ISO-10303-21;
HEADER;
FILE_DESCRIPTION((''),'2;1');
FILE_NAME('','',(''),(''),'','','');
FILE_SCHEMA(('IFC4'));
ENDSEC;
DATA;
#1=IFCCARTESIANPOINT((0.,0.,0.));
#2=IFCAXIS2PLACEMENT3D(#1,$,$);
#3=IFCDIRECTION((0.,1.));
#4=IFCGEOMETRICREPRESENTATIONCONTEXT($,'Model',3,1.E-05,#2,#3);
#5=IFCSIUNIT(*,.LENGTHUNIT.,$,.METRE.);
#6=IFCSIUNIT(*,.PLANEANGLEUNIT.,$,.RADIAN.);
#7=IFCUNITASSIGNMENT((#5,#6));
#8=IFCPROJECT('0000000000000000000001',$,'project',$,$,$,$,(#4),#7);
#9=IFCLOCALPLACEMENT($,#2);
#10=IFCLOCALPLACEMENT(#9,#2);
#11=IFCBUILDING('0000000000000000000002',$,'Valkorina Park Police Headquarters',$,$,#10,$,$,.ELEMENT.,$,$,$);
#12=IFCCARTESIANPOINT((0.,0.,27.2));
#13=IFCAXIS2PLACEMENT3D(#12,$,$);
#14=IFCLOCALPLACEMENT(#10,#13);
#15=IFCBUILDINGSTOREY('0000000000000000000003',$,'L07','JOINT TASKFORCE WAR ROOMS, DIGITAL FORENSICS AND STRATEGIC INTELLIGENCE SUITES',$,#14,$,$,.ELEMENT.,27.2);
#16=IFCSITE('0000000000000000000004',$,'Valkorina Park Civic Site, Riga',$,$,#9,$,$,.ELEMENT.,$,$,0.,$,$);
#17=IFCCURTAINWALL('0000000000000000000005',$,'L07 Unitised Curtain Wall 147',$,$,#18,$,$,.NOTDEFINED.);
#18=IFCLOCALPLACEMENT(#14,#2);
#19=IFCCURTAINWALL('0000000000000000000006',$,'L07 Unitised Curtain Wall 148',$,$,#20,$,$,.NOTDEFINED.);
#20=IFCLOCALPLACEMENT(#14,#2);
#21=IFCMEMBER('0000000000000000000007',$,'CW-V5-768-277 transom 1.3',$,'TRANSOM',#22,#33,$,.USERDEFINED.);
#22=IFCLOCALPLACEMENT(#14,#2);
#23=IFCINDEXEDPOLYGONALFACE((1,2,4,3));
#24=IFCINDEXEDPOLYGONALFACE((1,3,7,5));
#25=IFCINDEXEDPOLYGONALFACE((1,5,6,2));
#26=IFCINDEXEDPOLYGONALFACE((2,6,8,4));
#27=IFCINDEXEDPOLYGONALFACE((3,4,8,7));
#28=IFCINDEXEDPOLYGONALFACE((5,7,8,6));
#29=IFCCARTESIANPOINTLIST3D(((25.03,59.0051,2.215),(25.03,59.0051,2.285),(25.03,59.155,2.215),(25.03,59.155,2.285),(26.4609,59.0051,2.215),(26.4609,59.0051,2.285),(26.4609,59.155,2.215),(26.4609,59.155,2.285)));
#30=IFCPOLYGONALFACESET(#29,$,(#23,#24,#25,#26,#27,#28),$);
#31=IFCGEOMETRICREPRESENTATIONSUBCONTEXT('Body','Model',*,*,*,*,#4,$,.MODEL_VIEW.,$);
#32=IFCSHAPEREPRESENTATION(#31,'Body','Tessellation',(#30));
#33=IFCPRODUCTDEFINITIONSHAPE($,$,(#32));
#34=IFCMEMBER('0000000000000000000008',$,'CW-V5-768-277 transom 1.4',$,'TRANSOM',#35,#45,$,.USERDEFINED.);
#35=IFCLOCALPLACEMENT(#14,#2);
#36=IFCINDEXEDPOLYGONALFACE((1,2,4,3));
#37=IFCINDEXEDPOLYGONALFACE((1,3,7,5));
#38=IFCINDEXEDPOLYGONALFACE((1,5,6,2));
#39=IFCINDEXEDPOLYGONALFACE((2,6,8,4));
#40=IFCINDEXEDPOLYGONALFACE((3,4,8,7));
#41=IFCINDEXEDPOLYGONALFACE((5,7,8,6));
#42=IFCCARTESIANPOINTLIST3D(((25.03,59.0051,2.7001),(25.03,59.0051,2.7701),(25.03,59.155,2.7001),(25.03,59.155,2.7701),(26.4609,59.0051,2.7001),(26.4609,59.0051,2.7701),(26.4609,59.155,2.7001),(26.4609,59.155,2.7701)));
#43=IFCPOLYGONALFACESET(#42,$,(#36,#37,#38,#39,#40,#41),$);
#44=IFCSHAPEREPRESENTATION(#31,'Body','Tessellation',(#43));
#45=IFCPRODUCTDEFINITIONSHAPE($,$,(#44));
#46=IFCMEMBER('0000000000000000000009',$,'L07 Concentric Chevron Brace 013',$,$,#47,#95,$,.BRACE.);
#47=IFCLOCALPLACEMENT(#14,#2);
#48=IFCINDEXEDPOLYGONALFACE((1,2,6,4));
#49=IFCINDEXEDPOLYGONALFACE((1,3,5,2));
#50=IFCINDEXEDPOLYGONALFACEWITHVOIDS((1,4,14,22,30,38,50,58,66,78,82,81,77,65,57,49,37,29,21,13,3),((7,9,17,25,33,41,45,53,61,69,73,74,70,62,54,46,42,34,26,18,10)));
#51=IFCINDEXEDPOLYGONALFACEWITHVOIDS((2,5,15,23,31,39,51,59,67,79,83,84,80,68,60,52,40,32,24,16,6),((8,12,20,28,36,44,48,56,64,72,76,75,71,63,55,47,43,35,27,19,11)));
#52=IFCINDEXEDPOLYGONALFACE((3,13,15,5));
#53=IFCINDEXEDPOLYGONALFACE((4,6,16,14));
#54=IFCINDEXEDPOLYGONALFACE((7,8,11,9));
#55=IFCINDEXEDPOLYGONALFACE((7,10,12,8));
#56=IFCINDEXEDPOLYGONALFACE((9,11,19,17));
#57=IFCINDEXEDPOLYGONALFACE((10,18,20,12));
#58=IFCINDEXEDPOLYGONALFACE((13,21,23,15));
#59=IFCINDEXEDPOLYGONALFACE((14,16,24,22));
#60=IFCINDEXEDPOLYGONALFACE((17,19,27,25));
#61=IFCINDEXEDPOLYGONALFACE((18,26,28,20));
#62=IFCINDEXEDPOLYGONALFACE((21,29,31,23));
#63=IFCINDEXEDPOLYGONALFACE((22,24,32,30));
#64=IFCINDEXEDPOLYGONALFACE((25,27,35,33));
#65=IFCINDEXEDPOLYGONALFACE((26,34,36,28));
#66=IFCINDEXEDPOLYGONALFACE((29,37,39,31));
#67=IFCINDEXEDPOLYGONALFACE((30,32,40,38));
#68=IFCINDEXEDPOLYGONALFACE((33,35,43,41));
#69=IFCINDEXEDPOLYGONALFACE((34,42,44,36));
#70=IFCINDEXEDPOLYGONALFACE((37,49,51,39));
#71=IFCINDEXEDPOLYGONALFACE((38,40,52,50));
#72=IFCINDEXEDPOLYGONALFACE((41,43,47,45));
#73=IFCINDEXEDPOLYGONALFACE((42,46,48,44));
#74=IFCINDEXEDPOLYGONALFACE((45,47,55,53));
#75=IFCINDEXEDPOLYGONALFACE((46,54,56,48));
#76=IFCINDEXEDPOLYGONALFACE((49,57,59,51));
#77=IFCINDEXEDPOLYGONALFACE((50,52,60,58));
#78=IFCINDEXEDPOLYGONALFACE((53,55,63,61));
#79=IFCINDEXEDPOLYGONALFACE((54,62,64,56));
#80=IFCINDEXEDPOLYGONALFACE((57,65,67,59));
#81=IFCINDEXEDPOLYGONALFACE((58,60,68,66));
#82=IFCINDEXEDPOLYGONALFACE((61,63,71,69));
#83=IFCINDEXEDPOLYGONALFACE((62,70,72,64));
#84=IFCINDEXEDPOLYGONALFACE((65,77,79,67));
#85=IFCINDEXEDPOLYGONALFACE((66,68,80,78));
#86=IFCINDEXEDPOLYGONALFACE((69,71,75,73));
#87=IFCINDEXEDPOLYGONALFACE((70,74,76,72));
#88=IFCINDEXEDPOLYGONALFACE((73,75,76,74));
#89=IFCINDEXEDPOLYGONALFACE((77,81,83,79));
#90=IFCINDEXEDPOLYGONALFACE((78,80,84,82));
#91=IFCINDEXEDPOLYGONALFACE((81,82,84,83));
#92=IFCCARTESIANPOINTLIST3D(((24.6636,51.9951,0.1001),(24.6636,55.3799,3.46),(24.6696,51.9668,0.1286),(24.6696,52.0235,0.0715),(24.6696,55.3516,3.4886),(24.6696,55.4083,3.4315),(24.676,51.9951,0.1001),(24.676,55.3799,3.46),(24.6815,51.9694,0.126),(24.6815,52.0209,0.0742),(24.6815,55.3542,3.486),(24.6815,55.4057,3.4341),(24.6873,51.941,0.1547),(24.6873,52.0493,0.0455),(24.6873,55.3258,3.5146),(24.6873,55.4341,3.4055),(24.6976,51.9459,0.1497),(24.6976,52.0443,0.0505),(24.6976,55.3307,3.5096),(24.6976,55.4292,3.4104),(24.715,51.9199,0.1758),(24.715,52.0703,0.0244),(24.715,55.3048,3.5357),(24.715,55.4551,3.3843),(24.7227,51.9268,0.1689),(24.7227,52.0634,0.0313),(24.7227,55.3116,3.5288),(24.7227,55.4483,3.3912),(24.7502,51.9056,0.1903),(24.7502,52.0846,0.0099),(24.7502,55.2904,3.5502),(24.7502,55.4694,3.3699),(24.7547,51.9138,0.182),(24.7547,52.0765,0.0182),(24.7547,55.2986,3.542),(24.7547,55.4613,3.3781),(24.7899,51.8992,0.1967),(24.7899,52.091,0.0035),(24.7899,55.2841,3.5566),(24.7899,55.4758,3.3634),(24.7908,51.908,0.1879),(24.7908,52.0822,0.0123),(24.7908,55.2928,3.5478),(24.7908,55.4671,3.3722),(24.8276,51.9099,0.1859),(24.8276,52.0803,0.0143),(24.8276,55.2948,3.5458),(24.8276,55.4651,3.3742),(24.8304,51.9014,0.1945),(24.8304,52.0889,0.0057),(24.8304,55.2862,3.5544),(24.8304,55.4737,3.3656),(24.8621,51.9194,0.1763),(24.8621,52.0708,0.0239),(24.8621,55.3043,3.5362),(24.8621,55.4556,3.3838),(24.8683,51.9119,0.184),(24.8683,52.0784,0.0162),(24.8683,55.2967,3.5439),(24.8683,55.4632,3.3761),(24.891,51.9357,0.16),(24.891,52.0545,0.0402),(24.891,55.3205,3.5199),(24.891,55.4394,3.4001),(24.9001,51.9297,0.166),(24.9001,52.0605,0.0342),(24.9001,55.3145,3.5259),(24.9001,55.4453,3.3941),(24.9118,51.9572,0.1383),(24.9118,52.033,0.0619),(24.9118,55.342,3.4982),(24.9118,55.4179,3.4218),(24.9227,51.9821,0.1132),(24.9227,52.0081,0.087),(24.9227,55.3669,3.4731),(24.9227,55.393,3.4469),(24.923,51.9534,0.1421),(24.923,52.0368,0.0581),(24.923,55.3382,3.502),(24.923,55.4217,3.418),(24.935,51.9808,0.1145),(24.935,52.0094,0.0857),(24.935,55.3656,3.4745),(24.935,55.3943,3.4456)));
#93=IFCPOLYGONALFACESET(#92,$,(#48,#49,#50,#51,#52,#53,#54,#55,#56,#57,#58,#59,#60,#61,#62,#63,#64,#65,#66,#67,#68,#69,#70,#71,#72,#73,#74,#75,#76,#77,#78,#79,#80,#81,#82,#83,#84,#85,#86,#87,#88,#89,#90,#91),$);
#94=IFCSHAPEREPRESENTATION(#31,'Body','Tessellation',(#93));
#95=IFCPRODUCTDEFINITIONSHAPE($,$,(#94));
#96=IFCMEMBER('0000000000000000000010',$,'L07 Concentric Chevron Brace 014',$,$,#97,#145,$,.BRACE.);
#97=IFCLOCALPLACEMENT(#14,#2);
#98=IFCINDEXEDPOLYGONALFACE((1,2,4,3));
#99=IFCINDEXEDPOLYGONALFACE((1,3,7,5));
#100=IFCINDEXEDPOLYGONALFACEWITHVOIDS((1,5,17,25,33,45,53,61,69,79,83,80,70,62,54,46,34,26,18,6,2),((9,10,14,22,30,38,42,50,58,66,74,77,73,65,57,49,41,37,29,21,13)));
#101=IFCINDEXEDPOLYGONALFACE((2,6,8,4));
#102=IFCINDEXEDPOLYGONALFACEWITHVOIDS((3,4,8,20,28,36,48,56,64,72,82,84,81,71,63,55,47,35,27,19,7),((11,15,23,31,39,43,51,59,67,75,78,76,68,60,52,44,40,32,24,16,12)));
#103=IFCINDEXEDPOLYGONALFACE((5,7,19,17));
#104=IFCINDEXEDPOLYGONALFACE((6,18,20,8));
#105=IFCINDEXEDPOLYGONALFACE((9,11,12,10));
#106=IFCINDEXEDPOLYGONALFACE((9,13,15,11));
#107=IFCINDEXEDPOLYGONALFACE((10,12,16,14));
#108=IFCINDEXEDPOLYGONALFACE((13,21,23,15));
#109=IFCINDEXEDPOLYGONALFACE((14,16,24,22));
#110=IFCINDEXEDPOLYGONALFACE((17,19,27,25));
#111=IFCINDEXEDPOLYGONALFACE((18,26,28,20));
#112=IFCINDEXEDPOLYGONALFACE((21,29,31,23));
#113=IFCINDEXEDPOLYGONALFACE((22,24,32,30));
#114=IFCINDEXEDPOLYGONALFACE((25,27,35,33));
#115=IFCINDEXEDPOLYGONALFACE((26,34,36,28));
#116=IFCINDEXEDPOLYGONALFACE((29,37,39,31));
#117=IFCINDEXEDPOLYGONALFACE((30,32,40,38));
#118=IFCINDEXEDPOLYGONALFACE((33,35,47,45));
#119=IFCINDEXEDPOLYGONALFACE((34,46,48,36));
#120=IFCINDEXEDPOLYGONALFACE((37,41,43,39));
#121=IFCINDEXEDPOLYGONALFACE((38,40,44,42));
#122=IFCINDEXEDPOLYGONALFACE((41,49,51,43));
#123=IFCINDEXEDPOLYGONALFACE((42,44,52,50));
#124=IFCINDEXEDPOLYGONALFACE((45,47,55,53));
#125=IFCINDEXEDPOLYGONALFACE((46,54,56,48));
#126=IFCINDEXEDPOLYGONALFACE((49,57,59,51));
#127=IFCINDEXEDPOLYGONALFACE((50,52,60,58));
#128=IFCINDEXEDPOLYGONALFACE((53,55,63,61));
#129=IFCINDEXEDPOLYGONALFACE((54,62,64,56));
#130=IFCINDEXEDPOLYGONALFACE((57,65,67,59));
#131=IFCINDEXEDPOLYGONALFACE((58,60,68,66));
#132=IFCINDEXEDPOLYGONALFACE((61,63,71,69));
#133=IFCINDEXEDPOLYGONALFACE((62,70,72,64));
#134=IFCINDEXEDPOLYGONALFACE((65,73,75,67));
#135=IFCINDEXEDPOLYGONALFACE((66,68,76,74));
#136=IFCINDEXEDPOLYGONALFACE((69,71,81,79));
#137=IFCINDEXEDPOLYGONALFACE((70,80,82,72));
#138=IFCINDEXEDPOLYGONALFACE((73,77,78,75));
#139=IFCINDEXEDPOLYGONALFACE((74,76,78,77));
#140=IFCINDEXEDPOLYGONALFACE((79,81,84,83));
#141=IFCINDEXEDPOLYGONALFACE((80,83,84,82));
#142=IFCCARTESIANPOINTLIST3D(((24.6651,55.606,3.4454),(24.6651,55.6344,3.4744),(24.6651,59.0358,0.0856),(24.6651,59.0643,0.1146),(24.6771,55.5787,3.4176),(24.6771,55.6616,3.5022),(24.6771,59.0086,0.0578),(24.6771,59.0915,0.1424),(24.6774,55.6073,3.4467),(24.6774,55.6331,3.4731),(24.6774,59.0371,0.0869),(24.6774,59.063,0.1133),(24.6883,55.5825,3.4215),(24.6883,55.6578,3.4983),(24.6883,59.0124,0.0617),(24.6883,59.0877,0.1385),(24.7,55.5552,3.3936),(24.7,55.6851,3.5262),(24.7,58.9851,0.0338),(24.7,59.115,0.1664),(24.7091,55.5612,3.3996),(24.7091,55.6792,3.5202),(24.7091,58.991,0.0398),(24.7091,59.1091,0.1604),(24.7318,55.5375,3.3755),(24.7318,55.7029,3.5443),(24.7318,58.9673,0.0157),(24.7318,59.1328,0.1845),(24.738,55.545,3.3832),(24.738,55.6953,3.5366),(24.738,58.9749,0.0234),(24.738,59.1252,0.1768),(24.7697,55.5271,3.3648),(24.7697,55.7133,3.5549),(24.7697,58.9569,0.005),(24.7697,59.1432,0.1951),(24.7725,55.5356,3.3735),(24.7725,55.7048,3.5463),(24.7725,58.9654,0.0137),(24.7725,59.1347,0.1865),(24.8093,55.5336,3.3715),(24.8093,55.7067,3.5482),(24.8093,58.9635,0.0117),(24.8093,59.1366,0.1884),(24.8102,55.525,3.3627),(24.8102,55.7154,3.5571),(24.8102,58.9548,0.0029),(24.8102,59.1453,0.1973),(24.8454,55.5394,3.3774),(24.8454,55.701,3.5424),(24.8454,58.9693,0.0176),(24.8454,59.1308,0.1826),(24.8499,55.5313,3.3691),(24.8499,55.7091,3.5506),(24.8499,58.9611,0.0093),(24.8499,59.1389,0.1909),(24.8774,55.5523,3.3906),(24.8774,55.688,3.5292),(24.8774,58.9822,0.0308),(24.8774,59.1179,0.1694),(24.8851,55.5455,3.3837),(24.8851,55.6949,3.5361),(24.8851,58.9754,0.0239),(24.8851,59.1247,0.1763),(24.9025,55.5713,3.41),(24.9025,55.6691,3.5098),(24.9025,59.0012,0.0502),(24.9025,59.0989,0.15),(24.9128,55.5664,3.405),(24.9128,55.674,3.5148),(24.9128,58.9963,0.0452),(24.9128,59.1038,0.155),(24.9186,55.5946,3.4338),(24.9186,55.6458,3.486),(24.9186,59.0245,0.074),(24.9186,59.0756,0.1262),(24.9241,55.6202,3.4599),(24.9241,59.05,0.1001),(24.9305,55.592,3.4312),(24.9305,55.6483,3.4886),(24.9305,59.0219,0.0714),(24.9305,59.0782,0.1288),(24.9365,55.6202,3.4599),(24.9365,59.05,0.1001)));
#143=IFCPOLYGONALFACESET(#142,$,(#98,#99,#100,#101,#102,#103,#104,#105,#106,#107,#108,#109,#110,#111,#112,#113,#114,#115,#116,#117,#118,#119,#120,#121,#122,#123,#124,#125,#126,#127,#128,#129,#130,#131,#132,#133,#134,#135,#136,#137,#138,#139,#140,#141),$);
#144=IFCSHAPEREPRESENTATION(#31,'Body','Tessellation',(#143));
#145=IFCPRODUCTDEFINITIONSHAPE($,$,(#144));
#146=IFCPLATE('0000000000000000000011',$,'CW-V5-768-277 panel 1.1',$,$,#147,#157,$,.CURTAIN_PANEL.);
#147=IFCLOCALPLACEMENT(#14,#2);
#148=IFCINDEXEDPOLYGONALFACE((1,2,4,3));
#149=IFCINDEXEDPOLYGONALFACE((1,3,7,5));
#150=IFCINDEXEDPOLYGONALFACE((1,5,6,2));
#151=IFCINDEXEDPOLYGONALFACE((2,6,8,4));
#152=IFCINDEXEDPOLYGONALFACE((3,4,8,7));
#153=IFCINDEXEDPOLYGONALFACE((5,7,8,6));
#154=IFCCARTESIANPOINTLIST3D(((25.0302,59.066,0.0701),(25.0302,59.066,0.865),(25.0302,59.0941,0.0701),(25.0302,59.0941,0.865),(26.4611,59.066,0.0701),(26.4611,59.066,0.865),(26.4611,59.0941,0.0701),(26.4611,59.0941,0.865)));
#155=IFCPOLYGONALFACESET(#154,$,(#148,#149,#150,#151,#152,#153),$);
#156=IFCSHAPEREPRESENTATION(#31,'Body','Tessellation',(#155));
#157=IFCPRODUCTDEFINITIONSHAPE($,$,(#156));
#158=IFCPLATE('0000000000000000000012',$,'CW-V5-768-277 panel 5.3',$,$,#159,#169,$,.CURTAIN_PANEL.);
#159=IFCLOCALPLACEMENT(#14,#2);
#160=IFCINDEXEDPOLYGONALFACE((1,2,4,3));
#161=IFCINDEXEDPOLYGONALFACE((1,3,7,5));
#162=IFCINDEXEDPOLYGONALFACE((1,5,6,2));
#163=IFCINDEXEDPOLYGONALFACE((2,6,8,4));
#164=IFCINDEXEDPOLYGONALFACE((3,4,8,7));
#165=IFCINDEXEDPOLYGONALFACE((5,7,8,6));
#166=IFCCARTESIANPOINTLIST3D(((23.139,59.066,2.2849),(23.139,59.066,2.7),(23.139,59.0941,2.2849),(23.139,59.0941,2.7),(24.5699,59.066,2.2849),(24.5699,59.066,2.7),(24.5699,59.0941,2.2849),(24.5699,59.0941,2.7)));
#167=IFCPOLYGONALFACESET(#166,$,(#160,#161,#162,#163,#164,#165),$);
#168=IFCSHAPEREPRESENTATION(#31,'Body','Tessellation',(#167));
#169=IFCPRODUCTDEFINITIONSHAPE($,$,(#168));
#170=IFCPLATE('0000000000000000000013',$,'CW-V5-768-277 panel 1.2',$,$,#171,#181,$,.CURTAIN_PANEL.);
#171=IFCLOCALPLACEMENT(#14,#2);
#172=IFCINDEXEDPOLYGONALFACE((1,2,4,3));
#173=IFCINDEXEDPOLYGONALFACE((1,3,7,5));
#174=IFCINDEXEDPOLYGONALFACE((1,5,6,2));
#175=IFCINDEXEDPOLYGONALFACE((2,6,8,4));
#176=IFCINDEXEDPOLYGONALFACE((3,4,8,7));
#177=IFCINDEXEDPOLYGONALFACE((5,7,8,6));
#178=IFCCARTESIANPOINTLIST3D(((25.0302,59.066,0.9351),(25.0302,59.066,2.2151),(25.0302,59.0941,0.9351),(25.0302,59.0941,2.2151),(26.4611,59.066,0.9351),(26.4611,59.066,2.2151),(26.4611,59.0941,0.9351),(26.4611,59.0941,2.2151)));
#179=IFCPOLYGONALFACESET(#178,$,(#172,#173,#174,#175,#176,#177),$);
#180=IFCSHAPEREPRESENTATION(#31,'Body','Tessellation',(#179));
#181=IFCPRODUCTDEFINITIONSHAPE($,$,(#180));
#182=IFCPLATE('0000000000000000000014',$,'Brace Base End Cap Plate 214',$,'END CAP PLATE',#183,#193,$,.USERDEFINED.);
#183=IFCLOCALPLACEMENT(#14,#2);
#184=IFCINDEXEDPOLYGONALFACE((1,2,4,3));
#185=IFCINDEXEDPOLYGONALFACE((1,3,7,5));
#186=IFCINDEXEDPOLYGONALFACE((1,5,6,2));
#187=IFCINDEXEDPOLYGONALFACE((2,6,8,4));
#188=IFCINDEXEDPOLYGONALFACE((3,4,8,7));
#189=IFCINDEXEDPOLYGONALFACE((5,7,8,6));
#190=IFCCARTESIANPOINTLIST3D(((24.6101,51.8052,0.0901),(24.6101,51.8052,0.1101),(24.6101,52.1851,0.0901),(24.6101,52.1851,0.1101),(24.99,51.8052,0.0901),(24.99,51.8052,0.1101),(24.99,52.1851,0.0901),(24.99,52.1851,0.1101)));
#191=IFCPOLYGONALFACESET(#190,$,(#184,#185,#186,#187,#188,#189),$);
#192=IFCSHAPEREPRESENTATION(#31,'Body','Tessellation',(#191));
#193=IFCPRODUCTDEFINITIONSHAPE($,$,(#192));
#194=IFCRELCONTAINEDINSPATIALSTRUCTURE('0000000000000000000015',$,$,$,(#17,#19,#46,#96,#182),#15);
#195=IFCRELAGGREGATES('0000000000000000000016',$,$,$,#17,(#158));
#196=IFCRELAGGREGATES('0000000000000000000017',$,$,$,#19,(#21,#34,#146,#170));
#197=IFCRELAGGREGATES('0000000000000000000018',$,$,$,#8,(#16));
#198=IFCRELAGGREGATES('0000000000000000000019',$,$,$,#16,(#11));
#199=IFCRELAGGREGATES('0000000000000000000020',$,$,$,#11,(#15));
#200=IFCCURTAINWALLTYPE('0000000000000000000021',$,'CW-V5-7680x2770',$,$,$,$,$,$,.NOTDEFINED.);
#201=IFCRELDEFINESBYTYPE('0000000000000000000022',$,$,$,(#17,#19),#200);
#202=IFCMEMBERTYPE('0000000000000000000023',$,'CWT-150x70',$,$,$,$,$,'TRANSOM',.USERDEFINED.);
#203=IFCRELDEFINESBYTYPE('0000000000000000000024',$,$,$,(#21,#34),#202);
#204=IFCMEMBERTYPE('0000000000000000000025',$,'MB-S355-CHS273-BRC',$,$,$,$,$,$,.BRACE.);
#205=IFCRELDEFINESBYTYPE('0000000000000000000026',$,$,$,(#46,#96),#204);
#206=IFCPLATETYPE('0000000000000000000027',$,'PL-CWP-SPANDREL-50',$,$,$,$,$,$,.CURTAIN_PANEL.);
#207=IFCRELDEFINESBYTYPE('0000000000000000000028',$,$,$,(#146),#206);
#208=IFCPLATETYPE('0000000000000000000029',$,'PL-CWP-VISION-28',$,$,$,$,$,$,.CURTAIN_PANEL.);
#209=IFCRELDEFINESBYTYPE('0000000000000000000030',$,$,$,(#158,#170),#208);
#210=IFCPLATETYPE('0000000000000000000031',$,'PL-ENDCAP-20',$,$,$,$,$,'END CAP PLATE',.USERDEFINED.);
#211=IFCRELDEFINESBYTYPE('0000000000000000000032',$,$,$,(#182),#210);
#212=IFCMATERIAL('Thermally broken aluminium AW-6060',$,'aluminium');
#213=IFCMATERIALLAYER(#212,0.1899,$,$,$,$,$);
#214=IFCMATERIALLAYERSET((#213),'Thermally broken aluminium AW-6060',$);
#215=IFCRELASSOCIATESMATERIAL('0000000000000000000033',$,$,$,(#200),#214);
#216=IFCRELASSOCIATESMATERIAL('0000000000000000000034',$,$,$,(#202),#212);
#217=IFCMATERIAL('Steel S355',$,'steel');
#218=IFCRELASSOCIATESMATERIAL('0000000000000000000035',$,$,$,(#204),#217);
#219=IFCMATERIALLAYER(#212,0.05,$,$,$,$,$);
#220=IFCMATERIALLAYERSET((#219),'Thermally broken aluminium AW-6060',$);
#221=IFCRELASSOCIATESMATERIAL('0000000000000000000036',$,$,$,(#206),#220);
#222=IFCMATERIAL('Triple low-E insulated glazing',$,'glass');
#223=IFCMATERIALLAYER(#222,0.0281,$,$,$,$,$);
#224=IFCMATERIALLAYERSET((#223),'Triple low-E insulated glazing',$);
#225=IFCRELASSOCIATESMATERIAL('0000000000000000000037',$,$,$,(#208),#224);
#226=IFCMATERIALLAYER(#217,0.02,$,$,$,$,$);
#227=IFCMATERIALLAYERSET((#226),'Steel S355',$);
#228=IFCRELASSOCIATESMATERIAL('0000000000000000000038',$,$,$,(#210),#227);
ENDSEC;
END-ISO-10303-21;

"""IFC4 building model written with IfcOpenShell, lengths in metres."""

from ifc_helpers import new_model, si_unit, direction, frame, origin, origin_2d, place, context, subcontext, project, spatial, rectangle, hollow_circle, extrude, material, layer, layer_set, material_profile, profile_set, type_object, element, aggregate, save


model = new_model("IFC4")

# Units and contexts
model_context = context("Model", 3, precision=1e-05, world=origin(), true_north=direction((0.0, 1.0)))
body_context = subcontext(model_context, "Body", "Model", "MODEL_VIEW")
ifc_project = project(units=[si_unit("LENGTHUNIT", "METRE"), si_unit("PLANEANGLEUNIT", "RADIAN")], contexts=[model_context])

# Site, building, storey
site_placement = place(None, origin())
site = spatial("IfcSite", under=ifc_project, at=site_placement, Name="Valkorina Park Civic Site, Riga", CompositionType="ELEMENT", RefElevation=0.0)
building_placement = place(site_placement, origin())
building = spatial("IfcBuilding", under=site, at=building_placement, Name="Valkorina Park Police Headquarters", CompositionType="ELEMENT")
storey_placement = place(building_placement, frame((0.0, 0.0, 27.2)))
storey = spatial("IfcBuildingStorey", under=building, at=storey_placement, Name="L07", Description="JOINT TASKFORCE WAR ROOMS, DIGITAL FORENSICS AND STRATEGIC INTELLIGENCE SUITES", CompositionType="ELEMENT", Elevation=27.2)

# Shared definitions
ifc_material_1 = material(Name="Steel S355", Category="steel")

# Curtain wall
ifc_material_2 = material(Name="Thermally broken aluminium AW-6060", Category="aluminium")
ifc_layer_1 = layer(ifc_material_2, 0.1899)
ifc_layer_set_1 = layer_set([ifc_layer_1], Name="Thermally broken aluminium AW-6060")
curtain_wall_type = type_object("IfcCurtainWallType", Name="CW-V5-7680x2770", PredefinedType="NOTDEFINED", material=ifc_layer_set_1)
curtain_wall_1_placement = place(storey_placement, origin())
curtain_wall_1 = element("IfcCurtainWall", 1, at=curtain_wall_1_placement, inside=storey, type_object=curtain_wall_type, Name="L07 Unitised Curtain Wall 147", PredefinedType="NOTDEFINED")

# Curtain wall, members
curtain_wall_2_placement = place(storey_placement, origin())
curtain_wall_2 = element("IfcCurtainWall", 2, at=curtain_wall_2_placement, inside=storey, type_object=curtain_wall_type, Name="L07 Unitised Curtain Wall 148", PredefinedType="NOTDEFINED")
ifc_material_profile_1 = material_profile(ifc_material_2, rectangle(XDim=0.1499, YDim=0.0701, at=origin_2d()), Name="CWT-02 150x70")
ifc_profile_set_1 = profile_set([ifc_material_profile_1], Name="Thermally broken aluminium AW-6060")
member_type_1 = type_object("IfcMemberType", Name="CWT-150x70", ElementType="TRANSOM", PredefinedType="USERDEFINED", material=ifc_profile_set_1)
member_1_placement = place(storey_placement, frame((25.03, 59.0801, 2.25), z_axis=(1.0, 0.0, 0.0), x_axis=(0.0, 1.0, 0.0)))
member_1 = element("IfcMember", 3, at=member_1_placement, type_object=member_type_1, Name="CW-V5-768-277 transom 1.3", ObjectType="TRANSOM", PredefinedType="USERDEFINED", context=body_context, shape_type="SweptSolid", body=[
    extrude(rectangle(XDim=0.1499, YDim=0.0701, at=origin_2d()), origin(), (0.0, 0.0, 1.0), 1.4309),
])
member_2_placement = place(storey_placement, frame((25.03, 59.0801, 2.7351), z_axis=(1.0, 0.0, 0.0), x_axis=(0.0, 1.0, 0.0)))
member_2 = element("IfcMember", 4, at=member_2_placement, type_object=member_type_1, Name="CW-V5-768-277 transom 1.4", ObjectType="TRANSOM", PredefinedType="USERDEFINED", context=body_context, shape_type="SweptSolid", body=[
    extrude(rectangle(XDim=0.1499, YDim=0.0701, at=origin_2d()), origin(), (0.0, 0.0, 1.0), 1.4309),
])

# Members
ifc_material_profile_2 = material_profile(ifc_material_1, hollow_circle(Radius=0.1365, WallThickness=0.0125, at=origin_2d()), Name="CHS 273x12.5")
ifc_profile_set_2 = profile_set([ifc_material_profile_2], Name="Steel S355")
member_type_2 = type_object("IfcMemberType", Name="MB-S355-CHS273-BRC", PredefinedType="BRACE", material=ifc_profile_set_2)
member_3_placement = place(storey_placement, frame((24.8, 51.9951, 0.1001), z_axis=(0.0, 0.709713, 0.704491), x_axis=(-1.0, 0.0, 0.0)))
element("IfcMember", 5, at=member_3_placement, inside=storey, type_object=member_type_2, Name="L07 Concentric Chevron Brace 013", PredefinedType="BRACE", context=body_context, shape_type="SweptSolid", body=[
    extrude(hollow_circle(Radius=0.1365, WallThickness=0.0125, at=origin_2d()), origin(), (0.0, 0.0, 1.0), 4.7693),
])
member_4_placement = place(storey_placement, frame((24.8, 59.05, 0.1001), z_axis=(0.0, -0.714366, 0.699772), x_axis=(1.0, 0.0, 0.0)))
element("IfcMember", 6, at=member_4_placement, inside=storey, type_object=member_type_2, Name="L07 Concentric Chevron Brace 014", PredefinedType="BRACE", context=body_context, shape_type="SweptSolid", body=[
    extrude(hollow_circle(Radius=0.1365, WallThickness=0.0125, at=origin_2d()), origin(), (0.0, 0.0, 1.0), 4.8013),
])

# Plates
ifc_layer_2 = layer(ifc_material_2, 0.05)
ifc_layer_set_2 = layer_set([ifc_layer_2], Name="Thermally broken aluminium AW-6060")
plate_type_1 = type_object("IfcPlateType", Name="PL-CWP-SPANDREL-50", PredefinedType="CURTAIN_PANEL", material=ifc_layer_set_2)
plate_1_placement = place(storey_placement, frame((25.7456, 59.0801, 0.0701), z_axis=(0.0, 0.0, 1.0), x_axis=(1.0, 0.0, 0.0)))
plate_1 = element("IfcPlate", 7, at=plate_1_placement, type_object=plate_type_1, Name="CW-V5-768-277 panel 1.1", PredefinedType="CURTAIN_PANEL", context=body_context, shape_type="SweptSolid", body=[
    extrude(rectangle(XDim=1.4309, YDim=0.0281, at=origin_2d()), origin(), (0.0, 0.0, 1.0), 0.7949),
])
ifc_material_3 = material(Name="Triple low-E insulated glazing", Category="glass")
ifc_layer_3 = layer(ifc_material_3, 0.0281)
ifc_layer_set_3 = layer_set([ifc_layer_3], Name="Triple low-E insulated glazing")
plate_type_2 = type_object("IfcPlateType", Name="PL-CWP-VISION-28", PredefinedType="CURTAIN_PANEL", material=ifc_layer_set_3)
plate_2_placement = place(storey_placement, frame((23.8545, 59.0801, 2.2849), z_axis=(0.0, 0.0, 1.0), x_axis=(1.0, 0.0, 0.0)))
plate_2 = element("IfcPlate", 8, at=plate_2_placement, type_object=plate_type_2, Name="CW-V5-768-277 panel 5.3", PredefinedType="CURTAIN_PANEL", context=body_context, shape_type="SweptSolid", body=[
    extrude(rectangle(XDim=1.4309, YDim=0.0281, at=origin_2d()), origin(), (0.0, 0.0, 1.0), 0.415),
])
aggregate(curtain_wall_1, [plate_2])
plate_3_placement = place(storey_placement, frame((25.7456, 59.0801, 0.9351), z_axis=(0.0, 0.0, 1.0), x_axis=(1.0, 0.0, 0.0)))
plate_3 = element("IfcPlate", 9, at=plate_3_placement, type_object=plate_type_2, Name="CW-V5-768-277 panel 1.2", PredefinedType="CURTAIN_PANEL", context=body_context, shape_type="SweptSolid", body=[
    extrude(rectangle(XDim=1.4309, YDim=0.0281, at=origin_2d()), origin(), (0.0, 0.0, 1.0), 1.28),
])
aggregate(curtain_wall_2, [member_1, member_2, plate_1, plate_3])

# Plate
ifc_layer_4 = layer(ifc_material_1, 0.02)
ifc_layer_set_4 = layer_set([ifc_layer_4], Name="Steel S355")
plate_type_3 = type_object("IfcPlateType", Name="PL-ENDCAP-20", ElementType="END CAP PLATE", PredefinedType="USERDEFINED", material=ifc_layer_set_4)
for number, where, z_axis, x_axis, name in (
    (10, (24.8, 51.9951, 0.0901), (0.0, 0.0, 1.0), (1.0, 0.0, 0.0), "Brace Base End Cap Plate 214"),
):
    element("IfcPlate", number, at=place(storey_placement, frame(where, z_axis=z_axis, x_axis=x_axis)), inside=storey, type_object=plate_type_3, Name=name, ObjectType="END CAP PLATE", PredefinedType="USERDEFINED", context=body_context, shape_type="SweptSolid", body=[
        extrude(rectangle(XDim=0.3799, YDim=0.3799, at=origin_2d()), origin(), (0.0, 0.0, 1.0), 0.02),
    ])

save(model, "model.ifc")
